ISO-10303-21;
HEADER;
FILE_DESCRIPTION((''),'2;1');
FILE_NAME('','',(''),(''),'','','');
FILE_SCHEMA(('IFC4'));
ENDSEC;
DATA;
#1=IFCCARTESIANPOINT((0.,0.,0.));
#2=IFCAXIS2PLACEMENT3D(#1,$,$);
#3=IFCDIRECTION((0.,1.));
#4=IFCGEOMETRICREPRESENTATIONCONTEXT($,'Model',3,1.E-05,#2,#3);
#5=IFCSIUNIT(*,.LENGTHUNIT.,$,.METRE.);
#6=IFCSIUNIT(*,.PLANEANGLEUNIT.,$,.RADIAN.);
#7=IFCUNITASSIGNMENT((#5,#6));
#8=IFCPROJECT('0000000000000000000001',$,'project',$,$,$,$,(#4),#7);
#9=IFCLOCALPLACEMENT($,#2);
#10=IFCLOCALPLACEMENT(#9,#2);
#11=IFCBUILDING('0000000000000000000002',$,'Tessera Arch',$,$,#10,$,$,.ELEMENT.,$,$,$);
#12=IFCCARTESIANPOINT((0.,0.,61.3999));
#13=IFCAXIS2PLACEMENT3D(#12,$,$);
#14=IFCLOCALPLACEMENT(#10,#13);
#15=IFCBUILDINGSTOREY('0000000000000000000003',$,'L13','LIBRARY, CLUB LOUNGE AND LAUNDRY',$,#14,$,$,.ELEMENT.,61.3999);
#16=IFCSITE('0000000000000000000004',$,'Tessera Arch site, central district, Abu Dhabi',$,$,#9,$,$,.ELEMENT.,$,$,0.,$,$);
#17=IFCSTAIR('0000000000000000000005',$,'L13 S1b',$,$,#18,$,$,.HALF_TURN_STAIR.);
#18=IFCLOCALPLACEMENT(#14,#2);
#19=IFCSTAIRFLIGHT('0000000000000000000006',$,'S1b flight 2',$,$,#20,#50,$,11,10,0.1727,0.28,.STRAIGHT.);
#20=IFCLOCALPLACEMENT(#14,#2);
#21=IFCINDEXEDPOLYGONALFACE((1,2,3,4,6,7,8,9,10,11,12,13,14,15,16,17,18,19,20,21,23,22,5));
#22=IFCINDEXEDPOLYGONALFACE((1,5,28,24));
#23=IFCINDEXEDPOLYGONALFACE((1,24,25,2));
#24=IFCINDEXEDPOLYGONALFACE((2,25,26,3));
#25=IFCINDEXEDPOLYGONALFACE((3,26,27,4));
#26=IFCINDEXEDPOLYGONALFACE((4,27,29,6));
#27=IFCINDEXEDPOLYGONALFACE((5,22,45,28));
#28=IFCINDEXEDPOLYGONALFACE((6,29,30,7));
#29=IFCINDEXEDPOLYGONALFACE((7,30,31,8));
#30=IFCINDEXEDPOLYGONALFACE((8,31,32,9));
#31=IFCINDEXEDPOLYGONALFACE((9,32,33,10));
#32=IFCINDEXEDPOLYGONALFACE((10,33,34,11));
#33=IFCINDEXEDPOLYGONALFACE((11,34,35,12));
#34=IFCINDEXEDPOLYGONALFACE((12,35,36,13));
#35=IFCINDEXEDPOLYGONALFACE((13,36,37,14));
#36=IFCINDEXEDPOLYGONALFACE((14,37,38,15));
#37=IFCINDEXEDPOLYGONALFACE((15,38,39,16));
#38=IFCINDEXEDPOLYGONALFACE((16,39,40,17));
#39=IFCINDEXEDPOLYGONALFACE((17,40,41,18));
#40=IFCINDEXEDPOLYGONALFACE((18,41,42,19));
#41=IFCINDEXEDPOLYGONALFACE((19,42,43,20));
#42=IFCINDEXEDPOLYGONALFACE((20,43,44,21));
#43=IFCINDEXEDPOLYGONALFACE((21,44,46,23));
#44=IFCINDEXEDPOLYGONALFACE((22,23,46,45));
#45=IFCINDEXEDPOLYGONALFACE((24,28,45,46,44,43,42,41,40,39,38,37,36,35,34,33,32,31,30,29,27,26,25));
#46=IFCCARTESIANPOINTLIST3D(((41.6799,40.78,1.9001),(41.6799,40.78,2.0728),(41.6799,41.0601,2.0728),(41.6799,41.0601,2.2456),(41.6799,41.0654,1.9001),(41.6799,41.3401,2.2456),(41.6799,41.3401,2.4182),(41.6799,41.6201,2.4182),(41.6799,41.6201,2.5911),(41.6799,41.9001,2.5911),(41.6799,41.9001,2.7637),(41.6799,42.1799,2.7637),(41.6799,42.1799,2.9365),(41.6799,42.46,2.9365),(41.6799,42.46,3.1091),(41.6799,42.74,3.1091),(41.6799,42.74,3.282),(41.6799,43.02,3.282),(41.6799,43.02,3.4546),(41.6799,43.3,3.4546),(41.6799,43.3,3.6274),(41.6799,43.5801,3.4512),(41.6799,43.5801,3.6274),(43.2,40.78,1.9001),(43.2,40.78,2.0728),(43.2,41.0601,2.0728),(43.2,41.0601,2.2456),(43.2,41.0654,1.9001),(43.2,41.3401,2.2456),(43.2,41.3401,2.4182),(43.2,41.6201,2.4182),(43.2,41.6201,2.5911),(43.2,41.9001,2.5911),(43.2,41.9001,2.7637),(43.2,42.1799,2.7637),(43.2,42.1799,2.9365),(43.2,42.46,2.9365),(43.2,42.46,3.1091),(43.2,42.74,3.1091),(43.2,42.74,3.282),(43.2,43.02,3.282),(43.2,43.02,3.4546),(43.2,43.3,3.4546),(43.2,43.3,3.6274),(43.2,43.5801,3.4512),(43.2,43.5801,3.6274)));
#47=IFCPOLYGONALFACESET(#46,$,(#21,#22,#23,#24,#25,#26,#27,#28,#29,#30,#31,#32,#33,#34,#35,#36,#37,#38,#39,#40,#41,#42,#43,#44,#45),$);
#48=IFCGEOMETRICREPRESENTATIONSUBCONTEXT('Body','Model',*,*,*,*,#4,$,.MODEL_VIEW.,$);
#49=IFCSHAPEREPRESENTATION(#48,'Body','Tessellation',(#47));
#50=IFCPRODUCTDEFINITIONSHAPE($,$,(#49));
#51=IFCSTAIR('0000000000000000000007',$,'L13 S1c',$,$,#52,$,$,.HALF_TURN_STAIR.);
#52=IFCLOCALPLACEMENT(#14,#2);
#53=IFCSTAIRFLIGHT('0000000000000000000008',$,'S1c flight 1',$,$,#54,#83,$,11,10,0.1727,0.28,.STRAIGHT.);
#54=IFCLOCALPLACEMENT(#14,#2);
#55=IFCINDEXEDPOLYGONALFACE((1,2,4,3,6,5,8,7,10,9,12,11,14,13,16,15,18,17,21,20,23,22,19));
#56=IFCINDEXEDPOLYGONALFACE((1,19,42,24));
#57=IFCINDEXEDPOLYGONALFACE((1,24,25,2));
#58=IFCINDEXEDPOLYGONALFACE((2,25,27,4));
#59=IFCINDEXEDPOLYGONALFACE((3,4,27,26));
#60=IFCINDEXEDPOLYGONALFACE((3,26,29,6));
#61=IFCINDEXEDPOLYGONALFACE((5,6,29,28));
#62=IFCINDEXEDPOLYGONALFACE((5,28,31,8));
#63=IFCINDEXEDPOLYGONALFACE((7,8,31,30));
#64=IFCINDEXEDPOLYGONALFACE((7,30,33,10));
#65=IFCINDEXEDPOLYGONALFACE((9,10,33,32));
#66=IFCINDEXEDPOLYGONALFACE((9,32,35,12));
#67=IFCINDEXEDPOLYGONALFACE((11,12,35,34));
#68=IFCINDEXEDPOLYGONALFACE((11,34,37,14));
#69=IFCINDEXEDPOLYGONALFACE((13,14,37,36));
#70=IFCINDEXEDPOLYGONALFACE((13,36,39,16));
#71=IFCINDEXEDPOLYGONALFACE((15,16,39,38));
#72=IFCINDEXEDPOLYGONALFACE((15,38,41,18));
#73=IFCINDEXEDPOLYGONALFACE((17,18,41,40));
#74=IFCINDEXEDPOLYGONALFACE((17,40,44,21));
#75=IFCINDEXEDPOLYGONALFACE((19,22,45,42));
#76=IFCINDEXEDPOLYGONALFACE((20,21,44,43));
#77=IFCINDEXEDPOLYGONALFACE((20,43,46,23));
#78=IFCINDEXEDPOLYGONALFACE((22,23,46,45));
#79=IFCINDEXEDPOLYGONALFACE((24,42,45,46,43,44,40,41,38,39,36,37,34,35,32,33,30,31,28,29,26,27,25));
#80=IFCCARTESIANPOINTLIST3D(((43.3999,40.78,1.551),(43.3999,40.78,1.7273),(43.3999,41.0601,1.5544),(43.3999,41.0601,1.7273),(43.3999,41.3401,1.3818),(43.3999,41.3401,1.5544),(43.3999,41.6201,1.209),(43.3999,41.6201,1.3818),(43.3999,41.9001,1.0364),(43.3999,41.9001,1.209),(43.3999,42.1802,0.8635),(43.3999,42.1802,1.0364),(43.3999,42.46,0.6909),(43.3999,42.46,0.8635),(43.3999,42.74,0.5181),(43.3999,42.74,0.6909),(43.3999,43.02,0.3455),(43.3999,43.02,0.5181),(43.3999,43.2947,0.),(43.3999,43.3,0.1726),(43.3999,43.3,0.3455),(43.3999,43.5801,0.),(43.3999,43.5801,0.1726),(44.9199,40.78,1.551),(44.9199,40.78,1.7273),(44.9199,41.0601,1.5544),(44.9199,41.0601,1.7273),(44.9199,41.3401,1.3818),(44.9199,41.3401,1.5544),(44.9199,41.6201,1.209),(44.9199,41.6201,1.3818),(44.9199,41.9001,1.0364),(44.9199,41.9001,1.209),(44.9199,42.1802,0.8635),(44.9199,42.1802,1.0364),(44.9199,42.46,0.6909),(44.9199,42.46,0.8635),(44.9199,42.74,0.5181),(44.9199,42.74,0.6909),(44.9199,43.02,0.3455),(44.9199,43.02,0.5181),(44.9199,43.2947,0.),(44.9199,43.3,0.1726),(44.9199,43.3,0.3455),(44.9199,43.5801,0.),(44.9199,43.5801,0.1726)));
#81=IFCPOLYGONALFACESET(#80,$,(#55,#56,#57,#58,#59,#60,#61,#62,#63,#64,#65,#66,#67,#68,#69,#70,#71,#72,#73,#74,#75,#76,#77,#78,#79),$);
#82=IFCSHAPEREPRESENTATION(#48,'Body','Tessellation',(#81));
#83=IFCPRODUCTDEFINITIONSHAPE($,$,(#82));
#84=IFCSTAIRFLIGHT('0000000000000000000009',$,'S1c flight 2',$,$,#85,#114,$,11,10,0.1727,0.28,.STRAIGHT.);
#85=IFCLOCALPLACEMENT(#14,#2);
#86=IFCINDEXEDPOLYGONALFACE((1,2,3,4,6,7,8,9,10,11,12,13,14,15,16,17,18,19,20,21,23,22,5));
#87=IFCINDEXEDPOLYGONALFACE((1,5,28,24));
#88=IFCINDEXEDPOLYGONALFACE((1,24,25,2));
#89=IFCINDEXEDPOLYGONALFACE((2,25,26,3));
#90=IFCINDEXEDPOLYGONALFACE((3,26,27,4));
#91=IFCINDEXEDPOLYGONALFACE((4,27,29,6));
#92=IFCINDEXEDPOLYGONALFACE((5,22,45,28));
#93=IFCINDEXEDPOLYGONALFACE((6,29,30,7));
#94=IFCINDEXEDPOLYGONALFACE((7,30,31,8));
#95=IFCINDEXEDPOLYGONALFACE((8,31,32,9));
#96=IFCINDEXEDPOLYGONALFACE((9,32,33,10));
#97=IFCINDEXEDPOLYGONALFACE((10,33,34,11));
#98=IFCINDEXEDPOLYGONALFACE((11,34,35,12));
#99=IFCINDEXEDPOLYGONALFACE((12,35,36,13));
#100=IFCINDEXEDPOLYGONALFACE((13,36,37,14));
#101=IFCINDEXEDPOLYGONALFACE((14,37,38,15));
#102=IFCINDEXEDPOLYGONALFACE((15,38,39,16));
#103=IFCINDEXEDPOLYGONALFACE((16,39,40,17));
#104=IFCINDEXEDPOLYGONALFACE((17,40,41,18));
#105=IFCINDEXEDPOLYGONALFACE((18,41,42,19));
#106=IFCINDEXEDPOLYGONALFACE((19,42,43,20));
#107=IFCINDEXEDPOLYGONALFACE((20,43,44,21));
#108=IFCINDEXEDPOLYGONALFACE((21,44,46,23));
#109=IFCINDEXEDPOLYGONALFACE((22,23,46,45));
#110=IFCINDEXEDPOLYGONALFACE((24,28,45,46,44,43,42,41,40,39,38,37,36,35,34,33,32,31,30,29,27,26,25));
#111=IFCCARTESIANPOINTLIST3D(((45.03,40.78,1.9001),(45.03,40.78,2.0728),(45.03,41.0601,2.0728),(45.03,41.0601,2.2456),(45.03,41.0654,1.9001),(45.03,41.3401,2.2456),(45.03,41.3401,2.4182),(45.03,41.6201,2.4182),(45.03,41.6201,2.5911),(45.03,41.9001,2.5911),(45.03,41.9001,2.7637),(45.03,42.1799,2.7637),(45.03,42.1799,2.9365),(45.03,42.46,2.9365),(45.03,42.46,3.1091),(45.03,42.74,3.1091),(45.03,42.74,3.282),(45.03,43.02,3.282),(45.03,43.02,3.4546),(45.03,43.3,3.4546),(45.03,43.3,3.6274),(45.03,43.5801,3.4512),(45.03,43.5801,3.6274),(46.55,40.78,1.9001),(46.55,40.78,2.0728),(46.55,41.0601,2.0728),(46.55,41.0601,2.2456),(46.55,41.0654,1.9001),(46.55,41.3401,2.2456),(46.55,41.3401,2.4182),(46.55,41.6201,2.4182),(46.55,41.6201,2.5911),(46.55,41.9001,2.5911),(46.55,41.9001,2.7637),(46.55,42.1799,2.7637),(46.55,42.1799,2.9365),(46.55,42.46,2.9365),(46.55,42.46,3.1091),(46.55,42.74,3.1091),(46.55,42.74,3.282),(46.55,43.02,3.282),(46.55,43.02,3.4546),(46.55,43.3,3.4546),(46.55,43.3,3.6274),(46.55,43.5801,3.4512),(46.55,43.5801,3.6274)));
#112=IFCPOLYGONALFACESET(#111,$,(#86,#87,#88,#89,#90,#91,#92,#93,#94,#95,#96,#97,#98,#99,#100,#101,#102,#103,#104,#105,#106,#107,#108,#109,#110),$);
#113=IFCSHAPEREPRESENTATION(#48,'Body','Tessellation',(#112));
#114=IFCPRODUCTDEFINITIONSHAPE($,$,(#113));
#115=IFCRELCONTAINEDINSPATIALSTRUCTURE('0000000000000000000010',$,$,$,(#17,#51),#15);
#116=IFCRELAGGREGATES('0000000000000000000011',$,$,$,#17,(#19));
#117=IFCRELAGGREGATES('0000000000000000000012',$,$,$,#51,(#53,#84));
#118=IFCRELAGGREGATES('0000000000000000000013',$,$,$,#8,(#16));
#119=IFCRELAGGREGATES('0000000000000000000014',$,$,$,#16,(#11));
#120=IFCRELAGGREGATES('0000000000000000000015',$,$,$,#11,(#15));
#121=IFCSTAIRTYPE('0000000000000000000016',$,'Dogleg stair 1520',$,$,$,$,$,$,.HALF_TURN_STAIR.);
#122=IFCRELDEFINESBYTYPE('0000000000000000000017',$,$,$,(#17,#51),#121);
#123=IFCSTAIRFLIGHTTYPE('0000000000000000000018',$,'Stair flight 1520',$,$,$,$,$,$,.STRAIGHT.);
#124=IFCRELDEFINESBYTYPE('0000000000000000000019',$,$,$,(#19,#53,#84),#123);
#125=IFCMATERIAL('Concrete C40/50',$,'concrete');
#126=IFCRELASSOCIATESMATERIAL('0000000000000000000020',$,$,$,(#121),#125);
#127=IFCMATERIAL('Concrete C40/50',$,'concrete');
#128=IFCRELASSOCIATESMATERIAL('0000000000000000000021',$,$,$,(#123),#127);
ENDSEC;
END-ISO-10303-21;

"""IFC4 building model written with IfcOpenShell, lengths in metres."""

from ifc_helpers import new_model, si_unit, direction, frame, origin, place, context, subcontext, project, spatial, polyline, outline, extrude, material, type_object, element, aggregate, save


model = new_model("IFC4")

# Units and contexts
model_context = context("Model", 3, precision=1e-05, world=origin(), true_north=direction((0.0, 1.0)))
body_context = subcontext(model_context, "Body", "Model", "MODEL_VIEW")
ifc_project = project(units=[si_unit("LENGTHUNIT", "METRE"), si_unit("PLANEANGLEUNIT", "RADIAN")], contexts=[model_context])

# Site, building, storey
site_placement = place(None, origin())
site = spatial("IfcSite", under=ifc_project, at=site_placement, Name="Tessera Arch site, central district, Abu Dhabi", CompositionType="ELEMENT", RefElevation=0.0)
building_placement = place(site_placement, origin())
building = spatial("IfcBuilding", under=site, at=building_placement, Name="Tessera Arch", CompositionType="ELEMENT")
storey_placement = place(building_placement, frame((0.0, 0.0, 61.3999)))
storey = spatial("IfcBuildingStorey", under=building, at=storey_placement, Name="L13", Description="LIBRARY, CLUB LOUNGE AND LAUNDRY", CompositionType="ELEMENT", Elevation=61.3999)

# Stair, stair flight
ifc_material_1 = material(Name="Concrete C40/50", Category="concrete")
stair_type = type_object("IfcStairType", Name="Dogleg stair 1520", PredefinedType="HALF_TURN_STAIR", material=ifc_material_1)
stair_1_placement = place(storey_placement, origin())
stair_1 = element("IfcStair", 1, at=stair_1_placement, inside=storey, type_object=stair_type, Name="L13 S1b", PredefinedType="HALF_TURN_STAIR")
ifc_material_2 = material(Name="Concrete C40/50", Category="concrete")
stair_flight_type = type_object("IfcStairFlightType", Name="Stair flight 1520", PredefinedType="STRAIGHT", material=ifc_material_2)
stair_flight_1_placement = place(storey_placement, frame((42.4399, 40.78, 1.9001), z_axis=(0.0, 0.0, 1.0), x_axis=(0.0, 1.0, 0.0)))
stair_flight_1 = element("IfcStairFlight", 2, at=stair_flight_1_placement, type_object=stair_flight_type, Name="S1b flight 2", NumberOfRisers=11, NumberOfTreads=10, PredefinedType="STRAIGHT", RiserHeight=0.1727, TreadLength=0.28, context=body_context, shape_type="SweptSolid", body=[
    extrude(outline(polyline([(0.0, 0.0), (0.0, 0.1726), (0.28, 0.1726), (0.28, 0.3455), (0.5601, 0.3455), (0.5601, 0.5181), (0.8401, 0.5181), (0.8401, 0.6909), (1.1201, 0.6909), (1.1201, 0.8635), (1.3999, 0.8635), (1.3999, 1.0364), (1.6799, 1.0364), (1.6799, 1.209), (1.96, 1.209), (1.96, 1.3818), (2.24, 1.3818), (2.24, 1.5544), (2.52, 1.5544), (2.52, 1.7273), (2.8, 1.7273), (2.8, 1.8999), (2.8, 1.551), (0.2854, 0.0), (0.0, 0.0)])), frame((0.0, 0.76, 0.0), z_axis=(0.0, -1.0, 0.0), x_axis=(1.0, 0.0, 0.0)), (0.0, 0.0, 1.0), 1.52),
])
aggregate(stair_1, [stair_flight_1])

# Stair, stair flights
stair_2_placement = place(storey_placement, origin())
stair_2 = element("IfcStair", 3, at=stair_2_placement, inside=storey, type_object=stair_type, Name="L13 S1c", PredefinedType="HALF_TURN_STAIR")
stair_flight_2_placement = place(storey_placement, frame((44.1599, 43.5801, 0.0), z_axis=(0.0, 0.0, 1.0), x_axis=(0.0, -1.0, 0.0)))
stair_flight_2 = element("IfcStairFlight", 4, at=stair_flight_2_placement, type_object=stair_flight_type, Name="S1c flight 1", NumberOfRisers=11, NumberOfTreads=10, PredefinedType="STRAIGHT", RiserHeight=0.1727, TreadLength=0.28, context=body_context, shape_type="SweptSolid", body=[
    extrude(outline(polyline([(0.0, 0.0), (0.0, 0.1726), (0.28, 0.1726), (0.28, 0.3455), (0.5601, 0.3455), (0.5601, 0.5181), (0.8401, 0.5181), (0.8401, 0.6909), (1.1201, 0.6909), (1.1201, 0.8635), (1.3999, 0.8635), (1.3999, 1.0364), (1.6799, 1.0364), (1.6799, 1.209), (1.96, 1.209), (1.96, 1.3818), (2.24, 1.3818), (2.24, 1.5544), (2.52, 1.5544), (2.52, 1.7273), (2.8, 1.7273), (2.8, 1.8999), (2.8, 1.551), (0.2854, 0.0), (0.0, 0.0)])), frame((0.0, 0.76, 0.0), z_axis=(0.0, -1.0, 0.0), x_axis=(1.0, 0.0, 0.0)), (0.0, 0.0, 1.0), 1.52),
])
stair_flight_3_placement = place(storey_placement, frame((45.79, 40.78, 1.9001), z_axis=(0.0, 0.0, 1.0), x_axis=(0.0, 1.0, 0.0)))
stair_flight_3 = element("IfcStairFlight", 5, at=stair_flight_3_placement, type_object=stair_flight_type, Name="S1c flight 2", NumberOfRisers=11, NumberOfTreads=10, PredefinedType="STRAIGHT", RiserHeight=0.1727, TreadLength=0.28, context=body_context, shape_type="SweptSolid", body=[
    extrude(outline(polyline([(0.0, 0.0), (0.0, 0.1726), (0.28, 0.1726), (0.28, 0.3455), (0.5601, 0.3455), (0.5601, 0.5181), (0.8401, 0.5181), (0.8401, 0.6909), (1.1201, 0.6909), (1.1201, 0.8635), (1.3999, 0.8635), (1.3999, 1.0364), (1.6799, 1.0364), (1.6799, 1.209), (1.96, 1.209), (1.96, 1.3818), (2.24, 1.3818), (2.24, 1.5544), (2.52, 1.5544), (2.52, 1.7273), (2.8, 1.7273), (2.8, 1.8999), (2.8, 1.551), (0.2854, 0.0), (0.0, 0.0)])), frame((0.0, 0.76, 0.0), z_axis=(0.0, -1.0, 0.0), x_axis=(1.0, 0.0, 0.0)), (0.0, 0.0, 1.0), 1.52),
])
aggregate(stair_2, [stair_flight_2, stair_flight_3])

save(model, "model.ifc")
